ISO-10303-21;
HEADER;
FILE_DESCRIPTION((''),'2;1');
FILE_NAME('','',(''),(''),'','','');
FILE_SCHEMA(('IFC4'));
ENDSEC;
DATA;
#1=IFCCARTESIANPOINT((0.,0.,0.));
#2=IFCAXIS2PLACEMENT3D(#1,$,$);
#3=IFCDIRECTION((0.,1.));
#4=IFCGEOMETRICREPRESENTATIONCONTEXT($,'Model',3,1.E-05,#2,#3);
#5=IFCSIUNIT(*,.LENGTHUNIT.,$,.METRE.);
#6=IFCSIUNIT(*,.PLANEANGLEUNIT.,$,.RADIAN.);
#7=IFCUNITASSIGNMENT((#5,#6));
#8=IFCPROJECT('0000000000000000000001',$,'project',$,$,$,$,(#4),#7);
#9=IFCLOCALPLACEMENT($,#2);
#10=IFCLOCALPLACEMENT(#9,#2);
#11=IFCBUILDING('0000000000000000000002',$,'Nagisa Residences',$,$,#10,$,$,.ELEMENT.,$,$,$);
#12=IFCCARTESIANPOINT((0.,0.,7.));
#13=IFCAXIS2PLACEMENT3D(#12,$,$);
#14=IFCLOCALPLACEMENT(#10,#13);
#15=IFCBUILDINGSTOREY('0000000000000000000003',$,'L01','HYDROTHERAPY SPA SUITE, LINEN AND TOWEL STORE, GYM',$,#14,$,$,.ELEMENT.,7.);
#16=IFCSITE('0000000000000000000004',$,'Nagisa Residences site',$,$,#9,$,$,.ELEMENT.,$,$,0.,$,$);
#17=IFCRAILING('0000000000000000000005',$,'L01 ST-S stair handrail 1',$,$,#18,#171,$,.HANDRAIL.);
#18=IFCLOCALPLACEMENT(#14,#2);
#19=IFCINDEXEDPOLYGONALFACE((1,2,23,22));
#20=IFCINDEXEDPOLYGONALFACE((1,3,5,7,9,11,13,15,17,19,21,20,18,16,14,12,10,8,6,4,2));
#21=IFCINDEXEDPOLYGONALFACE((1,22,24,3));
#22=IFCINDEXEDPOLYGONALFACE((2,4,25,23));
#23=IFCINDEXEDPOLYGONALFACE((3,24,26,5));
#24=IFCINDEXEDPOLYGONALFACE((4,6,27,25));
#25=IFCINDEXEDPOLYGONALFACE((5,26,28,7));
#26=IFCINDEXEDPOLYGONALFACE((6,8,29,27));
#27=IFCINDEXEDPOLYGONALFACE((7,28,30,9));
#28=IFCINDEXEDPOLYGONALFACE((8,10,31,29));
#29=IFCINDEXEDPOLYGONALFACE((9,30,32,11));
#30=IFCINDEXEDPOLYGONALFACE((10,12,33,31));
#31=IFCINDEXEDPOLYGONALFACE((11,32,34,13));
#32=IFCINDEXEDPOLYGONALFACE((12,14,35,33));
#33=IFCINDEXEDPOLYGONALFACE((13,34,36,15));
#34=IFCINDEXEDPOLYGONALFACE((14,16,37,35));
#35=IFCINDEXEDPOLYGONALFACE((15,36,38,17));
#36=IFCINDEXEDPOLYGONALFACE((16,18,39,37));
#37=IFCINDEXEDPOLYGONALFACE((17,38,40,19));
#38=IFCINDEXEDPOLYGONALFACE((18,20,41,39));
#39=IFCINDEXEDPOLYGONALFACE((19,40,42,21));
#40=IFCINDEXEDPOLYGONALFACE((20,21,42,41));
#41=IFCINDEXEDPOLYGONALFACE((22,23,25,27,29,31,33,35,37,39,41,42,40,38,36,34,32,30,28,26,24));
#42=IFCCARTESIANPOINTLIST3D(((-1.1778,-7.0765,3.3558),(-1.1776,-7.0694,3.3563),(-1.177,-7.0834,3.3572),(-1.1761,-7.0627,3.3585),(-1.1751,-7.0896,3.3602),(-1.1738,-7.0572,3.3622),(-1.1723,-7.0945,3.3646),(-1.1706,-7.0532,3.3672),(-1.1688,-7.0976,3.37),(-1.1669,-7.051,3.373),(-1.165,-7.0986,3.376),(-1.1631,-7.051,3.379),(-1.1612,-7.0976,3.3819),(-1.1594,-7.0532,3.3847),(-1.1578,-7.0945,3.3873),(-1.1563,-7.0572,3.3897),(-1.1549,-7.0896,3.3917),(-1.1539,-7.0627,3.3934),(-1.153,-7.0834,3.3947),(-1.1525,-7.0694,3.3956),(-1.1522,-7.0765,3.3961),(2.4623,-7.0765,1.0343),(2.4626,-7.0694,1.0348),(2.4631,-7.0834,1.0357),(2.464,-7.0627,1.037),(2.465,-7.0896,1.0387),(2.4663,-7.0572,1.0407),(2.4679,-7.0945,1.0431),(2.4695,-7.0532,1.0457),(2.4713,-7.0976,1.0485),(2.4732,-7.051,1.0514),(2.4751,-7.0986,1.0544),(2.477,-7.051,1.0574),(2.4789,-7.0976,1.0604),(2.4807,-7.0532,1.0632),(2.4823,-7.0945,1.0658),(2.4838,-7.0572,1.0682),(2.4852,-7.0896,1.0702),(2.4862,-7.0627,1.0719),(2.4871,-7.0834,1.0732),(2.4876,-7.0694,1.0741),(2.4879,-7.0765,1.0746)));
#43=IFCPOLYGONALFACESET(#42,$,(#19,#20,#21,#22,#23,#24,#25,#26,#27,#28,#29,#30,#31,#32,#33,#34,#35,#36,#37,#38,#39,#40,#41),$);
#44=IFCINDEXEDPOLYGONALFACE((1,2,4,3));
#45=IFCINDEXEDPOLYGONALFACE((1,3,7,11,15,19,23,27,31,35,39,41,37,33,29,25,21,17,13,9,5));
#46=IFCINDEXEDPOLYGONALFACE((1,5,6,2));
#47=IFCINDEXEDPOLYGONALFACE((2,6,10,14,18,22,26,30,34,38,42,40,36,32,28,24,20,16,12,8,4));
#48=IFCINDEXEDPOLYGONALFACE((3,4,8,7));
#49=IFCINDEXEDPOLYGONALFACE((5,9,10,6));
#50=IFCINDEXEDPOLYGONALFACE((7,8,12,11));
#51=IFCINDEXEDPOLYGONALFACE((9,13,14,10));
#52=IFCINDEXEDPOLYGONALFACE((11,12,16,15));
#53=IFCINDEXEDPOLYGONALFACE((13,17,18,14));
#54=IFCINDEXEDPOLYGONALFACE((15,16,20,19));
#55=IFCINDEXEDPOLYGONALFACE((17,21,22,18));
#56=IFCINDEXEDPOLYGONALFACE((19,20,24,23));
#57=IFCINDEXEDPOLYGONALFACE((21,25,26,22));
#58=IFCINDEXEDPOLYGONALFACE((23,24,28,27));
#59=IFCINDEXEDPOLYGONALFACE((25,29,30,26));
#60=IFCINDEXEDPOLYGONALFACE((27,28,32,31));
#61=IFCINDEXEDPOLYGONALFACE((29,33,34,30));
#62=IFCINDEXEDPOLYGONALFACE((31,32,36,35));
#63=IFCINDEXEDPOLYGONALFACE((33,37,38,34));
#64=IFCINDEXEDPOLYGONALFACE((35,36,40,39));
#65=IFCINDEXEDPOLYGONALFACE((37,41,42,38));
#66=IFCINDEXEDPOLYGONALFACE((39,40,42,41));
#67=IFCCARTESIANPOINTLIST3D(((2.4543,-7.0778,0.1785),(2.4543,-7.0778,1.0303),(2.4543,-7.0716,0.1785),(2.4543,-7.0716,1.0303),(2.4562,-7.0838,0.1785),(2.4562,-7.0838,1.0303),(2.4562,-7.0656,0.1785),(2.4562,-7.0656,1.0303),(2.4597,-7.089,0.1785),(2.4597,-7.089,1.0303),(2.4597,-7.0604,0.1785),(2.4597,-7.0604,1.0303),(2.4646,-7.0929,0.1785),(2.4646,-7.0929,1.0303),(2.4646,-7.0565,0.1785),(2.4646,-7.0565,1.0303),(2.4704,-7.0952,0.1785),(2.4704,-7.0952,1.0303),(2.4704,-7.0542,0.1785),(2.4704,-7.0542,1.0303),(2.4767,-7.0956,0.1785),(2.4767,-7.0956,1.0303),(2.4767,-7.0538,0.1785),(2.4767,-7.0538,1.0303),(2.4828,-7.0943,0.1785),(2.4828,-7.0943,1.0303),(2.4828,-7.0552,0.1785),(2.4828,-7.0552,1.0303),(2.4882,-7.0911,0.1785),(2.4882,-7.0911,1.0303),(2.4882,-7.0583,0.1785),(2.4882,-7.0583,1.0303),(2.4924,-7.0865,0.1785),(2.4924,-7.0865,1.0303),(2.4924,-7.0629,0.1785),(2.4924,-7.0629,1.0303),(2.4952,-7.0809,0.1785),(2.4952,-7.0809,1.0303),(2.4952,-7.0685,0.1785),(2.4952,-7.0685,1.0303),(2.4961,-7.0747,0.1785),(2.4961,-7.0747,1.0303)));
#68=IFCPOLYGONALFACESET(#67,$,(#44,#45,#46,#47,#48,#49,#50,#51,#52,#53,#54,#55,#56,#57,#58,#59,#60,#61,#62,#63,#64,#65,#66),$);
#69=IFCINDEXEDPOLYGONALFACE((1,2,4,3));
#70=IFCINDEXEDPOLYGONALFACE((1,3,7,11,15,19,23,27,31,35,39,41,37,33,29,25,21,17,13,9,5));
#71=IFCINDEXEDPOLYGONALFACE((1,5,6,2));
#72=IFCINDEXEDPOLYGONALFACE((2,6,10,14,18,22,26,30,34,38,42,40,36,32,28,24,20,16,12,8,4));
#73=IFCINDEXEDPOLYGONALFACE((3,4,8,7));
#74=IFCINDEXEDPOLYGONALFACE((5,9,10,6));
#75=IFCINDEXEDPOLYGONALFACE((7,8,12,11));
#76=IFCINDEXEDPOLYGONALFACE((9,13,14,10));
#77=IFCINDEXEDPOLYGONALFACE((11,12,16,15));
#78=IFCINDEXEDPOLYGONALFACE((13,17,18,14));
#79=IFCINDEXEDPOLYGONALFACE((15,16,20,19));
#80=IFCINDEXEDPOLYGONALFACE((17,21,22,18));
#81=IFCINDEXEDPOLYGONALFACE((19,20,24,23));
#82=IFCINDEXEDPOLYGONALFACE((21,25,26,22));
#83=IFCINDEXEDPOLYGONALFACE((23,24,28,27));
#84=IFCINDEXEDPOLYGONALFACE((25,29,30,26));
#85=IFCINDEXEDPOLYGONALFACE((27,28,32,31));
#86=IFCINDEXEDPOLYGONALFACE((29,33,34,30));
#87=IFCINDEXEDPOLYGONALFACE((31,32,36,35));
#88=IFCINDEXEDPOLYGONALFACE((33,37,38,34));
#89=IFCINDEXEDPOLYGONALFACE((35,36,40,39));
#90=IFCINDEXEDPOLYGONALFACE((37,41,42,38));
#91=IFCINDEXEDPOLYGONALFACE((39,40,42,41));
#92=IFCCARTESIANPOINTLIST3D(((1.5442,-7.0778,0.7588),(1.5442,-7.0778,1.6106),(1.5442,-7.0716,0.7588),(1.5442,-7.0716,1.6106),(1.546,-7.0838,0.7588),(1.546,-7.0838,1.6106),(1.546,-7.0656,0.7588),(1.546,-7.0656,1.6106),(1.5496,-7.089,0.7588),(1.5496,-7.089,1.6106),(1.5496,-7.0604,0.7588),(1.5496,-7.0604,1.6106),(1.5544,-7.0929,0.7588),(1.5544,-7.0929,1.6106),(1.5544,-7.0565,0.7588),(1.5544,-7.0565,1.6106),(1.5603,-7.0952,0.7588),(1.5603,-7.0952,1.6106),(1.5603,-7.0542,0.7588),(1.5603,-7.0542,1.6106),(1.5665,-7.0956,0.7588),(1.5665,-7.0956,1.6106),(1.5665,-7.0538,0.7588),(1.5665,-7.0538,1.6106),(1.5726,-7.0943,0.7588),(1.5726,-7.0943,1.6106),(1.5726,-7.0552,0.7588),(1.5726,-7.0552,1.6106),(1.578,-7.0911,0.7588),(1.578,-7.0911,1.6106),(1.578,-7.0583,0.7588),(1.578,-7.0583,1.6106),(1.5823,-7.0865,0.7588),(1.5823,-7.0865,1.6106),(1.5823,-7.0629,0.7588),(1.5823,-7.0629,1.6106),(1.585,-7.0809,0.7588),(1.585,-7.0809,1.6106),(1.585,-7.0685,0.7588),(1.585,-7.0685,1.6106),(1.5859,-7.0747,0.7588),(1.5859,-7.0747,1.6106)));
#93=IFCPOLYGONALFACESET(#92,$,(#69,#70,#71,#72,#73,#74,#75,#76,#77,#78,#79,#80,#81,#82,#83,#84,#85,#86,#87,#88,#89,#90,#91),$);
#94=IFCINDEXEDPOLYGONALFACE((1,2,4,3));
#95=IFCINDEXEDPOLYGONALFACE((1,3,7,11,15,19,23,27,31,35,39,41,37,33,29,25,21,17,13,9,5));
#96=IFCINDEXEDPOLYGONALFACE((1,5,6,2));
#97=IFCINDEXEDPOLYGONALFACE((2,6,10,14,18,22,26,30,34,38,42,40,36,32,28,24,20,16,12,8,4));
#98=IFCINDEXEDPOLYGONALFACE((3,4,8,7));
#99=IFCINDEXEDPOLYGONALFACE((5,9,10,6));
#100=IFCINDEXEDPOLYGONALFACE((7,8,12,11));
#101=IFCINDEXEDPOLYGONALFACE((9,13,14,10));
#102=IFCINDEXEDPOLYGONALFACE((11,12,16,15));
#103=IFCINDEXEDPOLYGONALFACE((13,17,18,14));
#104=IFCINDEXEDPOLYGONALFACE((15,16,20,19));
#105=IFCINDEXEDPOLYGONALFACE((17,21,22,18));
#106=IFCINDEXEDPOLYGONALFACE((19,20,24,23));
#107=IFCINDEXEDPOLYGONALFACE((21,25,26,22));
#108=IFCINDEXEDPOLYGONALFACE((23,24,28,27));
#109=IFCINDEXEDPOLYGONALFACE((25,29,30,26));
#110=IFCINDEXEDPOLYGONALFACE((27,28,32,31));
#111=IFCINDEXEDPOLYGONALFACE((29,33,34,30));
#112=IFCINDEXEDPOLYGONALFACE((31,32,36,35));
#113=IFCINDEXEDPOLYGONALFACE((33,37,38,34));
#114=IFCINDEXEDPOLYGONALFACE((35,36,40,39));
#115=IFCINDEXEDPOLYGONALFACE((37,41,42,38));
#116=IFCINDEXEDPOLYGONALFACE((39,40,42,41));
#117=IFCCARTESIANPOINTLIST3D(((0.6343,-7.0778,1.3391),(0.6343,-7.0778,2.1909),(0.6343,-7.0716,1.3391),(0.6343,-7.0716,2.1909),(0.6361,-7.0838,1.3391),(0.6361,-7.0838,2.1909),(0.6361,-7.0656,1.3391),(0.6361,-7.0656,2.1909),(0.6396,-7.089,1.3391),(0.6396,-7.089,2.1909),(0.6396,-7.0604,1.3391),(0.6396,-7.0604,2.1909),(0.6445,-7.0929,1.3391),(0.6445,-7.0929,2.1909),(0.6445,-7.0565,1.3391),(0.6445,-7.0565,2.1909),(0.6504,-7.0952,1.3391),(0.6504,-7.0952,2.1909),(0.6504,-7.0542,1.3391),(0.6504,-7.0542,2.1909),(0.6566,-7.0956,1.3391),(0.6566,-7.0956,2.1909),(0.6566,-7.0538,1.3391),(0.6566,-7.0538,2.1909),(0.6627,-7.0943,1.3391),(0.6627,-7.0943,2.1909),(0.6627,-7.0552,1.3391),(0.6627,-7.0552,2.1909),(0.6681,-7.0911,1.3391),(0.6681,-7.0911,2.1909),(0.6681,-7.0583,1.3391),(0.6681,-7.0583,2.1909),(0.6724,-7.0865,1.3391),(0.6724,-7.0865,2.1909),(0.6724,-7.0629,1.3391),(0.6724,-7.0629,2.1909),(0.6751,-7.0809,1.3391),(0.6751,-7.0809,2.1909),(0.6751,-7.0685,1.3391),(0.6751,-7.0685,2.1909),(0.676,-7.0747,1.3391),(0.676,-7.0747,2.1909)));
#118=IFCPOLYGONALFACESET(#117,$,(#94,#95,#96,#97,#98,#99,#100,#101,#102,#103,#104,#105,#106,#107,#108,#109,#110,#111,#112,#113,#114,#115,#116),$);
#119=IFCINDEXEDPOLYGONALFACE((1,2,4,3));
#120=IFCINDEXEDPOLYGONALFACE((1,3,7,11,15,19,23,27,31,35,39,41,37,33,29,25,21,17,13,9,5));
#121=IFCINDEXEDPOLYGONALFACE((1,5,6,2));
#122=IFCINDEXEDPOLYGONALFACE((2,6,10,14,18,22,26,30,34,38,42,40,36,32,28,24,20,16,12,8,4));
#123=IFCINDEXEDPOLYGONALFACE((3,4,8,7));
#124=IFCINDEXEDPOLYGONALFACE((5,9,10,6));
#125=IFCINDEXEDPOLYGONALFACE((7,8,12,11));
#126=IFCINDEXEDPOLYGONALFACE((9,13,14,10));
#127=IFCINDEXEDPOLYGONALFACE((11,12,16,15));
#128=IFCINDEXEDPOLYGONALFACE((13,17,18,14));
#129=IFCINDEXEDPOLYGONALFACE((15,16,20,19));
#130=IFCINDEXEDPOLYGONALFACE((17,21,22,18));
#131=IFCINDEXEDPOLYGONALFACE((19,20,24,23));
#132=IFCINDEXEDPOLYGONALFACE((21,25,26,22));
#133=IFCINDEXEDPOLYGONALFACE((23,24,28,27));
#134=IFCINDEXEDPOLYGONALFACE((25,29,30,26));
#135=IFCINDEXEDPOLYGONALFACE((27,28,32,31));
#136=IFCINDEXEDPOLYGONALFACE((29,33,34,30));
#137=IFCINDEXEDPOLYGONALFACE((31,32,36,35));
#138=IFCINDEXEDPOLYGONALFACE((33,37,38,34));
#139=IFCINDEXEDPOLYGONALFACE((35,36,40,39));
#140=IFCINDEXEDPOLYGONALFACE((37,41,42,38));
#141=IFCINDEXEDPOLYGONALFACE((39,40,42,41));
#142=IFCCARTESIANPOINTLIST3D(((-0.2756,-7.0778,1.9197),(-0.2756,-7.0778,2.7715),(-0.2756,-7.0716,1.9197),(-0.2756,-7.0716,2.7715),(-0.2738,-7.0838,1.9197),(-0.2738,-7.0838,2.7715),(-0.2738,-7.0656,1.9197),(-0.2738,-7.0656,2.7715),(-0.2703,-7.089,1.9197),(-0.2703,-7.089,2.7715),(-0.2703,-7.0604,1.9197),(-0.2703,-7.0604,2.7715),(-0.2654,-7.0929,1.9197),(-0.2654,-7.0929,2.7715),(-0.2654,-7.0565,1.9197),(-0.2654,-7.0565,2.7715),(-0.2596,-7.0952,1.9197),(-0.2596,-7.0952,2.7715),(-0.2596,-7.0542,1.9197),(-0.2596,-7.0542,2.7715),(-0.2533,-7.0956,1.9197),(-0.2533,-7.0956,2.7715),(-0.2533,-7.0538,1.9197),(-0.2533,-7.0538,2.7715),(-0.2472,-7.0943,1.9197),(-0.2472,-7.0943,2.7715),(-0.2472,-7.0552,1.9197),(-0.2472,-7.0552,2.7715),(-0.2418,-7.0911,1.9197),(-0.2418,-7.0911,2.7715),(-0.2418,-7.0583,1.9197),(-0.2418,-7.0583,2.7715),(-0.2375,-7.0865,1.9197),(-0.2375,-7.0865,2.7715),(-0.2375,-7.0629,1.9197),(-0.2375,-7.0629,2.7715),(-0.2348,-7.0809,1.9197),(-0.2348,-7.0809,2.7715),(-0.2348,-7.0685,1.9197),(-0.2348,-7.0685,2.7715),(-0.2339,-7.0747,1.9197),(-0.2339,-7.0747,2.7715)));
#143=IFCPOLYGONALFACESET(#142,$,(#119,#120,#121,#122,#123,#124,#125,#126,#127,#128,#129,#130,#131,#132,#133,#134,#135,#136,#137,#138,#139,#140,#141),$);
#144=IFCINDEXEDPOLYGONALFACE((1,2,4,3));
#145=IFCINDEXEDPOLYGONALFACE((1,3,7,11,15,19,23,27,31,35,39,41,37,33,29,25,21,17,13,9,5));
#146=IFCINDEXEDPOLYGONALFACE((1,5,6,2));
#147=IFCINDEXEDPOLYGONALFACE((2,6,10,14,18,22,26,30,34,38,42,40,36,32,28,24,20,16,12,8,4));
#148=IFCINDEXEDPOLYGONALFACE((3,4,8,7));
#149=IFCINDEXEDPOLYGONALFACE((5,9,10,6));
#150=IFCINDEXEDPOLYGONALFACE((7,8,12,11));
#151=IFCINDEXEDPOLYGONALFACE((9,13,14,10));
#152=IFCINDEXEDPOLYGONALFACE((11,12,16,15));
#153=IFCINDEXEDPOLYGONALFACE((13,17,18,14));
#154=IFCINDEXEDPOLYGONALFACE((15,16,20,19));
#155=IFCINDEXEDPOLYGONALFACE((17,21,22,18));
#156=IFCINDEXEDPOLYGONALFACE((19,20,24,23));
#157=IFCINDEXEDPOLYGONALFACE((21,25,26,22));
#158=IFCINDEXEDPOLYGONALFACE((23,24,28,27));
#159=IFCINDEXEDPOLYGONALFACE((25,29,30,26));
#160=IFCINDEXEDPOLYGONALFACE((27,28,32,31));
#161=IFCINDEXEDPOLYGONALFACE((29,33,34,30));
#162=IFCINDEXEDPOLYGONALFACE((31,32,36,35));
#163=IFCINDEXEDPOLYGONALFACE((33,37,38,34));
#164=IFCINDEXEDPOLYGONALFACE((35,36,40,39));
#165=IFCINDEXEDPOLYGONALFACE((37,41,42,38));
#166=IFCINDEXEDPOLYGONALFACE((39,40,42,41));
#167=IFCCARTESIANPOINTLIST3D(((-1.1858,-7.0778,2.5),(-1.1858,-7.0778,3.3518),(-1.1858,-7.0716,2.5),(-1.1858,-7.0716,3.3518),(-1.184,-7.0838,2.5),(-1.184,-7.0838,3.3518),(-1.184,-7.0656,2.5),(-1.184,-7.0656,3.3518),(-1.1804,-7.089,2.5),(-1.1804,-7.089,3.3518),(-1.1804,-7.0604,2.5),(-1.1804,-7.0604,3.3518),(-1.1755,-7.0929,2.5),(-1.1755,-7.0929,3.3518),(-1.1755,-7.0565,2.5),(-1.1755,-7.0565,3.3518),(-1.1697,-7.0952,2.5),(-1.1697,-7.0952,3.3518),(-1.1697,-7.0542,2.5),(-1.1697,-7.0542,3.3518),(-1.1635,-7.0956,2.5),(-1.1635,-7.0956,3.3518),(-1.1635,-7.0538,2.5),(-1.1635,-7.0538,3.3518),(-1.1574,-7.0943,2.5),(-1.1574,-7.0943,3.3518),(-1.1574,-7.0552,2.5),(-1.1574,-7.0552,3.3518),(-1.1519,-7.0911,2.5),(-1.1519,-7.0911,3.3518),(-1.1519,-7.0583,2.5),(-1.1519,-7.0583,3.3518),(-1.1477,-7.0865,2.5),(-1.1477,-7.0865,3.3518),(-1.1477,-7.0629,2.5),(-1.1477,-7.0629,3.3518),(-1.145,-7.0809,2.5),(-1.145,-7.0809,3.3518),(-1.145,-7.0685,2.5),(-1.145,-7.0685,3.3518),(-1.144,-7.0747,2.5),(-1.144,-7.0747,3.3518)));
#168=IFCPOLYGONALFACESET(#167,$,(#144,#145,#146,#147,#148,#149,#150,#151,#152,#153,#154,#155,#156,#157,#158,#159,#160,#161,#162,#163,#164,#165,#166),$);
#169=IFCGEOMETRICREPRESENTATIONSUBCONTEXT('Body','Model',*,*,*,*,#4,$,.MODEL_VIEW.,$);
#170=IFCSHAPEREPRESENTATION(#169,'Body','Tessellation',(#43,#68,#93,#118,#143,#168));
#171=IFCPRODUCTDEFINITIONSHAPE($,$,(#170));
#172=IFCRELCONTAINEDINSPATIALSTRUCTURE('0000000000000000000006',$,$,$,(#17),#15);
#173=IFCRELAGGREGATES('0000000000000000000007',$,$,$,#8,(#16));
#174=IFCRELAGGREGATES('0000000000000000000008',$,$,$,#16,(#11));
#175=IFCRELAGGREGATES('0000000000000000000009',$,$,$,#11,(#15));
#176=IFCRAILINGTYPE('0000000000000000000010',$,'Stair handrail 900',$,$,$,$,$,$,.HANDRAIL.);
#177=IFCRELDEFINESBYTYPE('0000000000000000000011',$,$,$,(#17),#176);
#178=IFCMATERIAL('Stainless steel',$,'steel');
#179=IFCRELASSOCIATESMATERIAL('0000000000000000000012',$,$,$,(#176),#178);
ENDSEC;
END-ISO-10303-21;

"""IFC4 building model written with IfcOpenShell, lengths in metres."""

from ifc_helpers import new_model, si_unit, direction, frame, origin, origin_2d, place, context, subcontext, project, spatial, circle, extrude, material, type_object, element, save


model = new_model("IFC4")

# Units and contexts
model_context = context("Model", 3, precision=1e-05, world=origin(), true_north=direction((0.0, 1.0)))
body_context = subcontext(model_context, "Body", "Model", "MODEL_VIEW")
ifc_project = project(units=[si_unit("LENGTHUNIT", "METRE"), si_unit("PLANEANGLEUNIT", "RADIAN")], contexts=[model_context])

# Site, building, storey
site_placement = place(None, origin())
site = spatial("IfcSite", under=ifc_project, at=site_placement, Name="Nagisa Residences site", CompositionType="ELEMENT", RefElevation=0.0)
building_placement = place(site_placement, origin())
building = spatial("IfcBuilding", under=site, at=building_placement, Name="Nagisa Residences", CompositionType="ELEMENT")
storey_placement = place(building_placement, frame((0.0, 0.0, 7.0)))
storey = spatial("IfcBuildingStorey", under=building, at=storey_placement, Name="L01", Description="HYDROTHERAPY SPA SUITE, LINEN AND TOWEL STORE, GYM", CompositionType="ELEMENT", Elevation=7.0)

# Railing
ifc_material_1 = material(Name="Stainless steel", Category="steel")
railing_type_1 = type_object("IfcRailingType", Name="Stair handrail 900", PredefinedType="HANDRAIL", material=ifc_material_1)
railing_1_placement = place(storey_placement, frame((2.4751, -7.0747, 0.1785)))
element("IfcRailing", 1, at=railing_1_placement, inside=storey, type_object=railing_type_1, Name="L01 ST-S stair handrail 1", PredefinedType="HANDRAIL", context=body_context, shape_type="SweptSolid", body=[
    extrude(circle(Radius=0.0239, at=origin_2d()), frame((0.0, 0.0, 0.876), z_axis=(-0.843128, 0.0, 0.537713), x_axis=(0.0, -1.0, 0.0)), (0.0, 0.0, 1.0), 4.3174),
    extrude(circle(Radius=0.021, at=origin_2d()), origin(), (0.0, 0.0, 1.0), 0.8518),
    extrude(circle(Radius=0.021, at=origin_2d()), frame((-0.9102, 0.0, 0.5803)), (0.0, 0.0, 1.0), 0.8518),
    extrude(circle(Radius=0.021, at=origin_2d()), frame((-1.8201, 0.0, 1.1606)), (0.0, 0.0, 1.0), 0.8518),
    extrude(circle(Radius=0.021, at=origin_2d()), frame((-2.73, 0.0, 1.7412)), (0.0, 0.0, 1.0), 0.8518),
    extrude(circle(Radius=0.021, at=origin_2d()), frame((-3.6401, 0.0, 2.3215)), (0.0, 0.0, 1.0), 0.8518),
])

save(model, "model.ifc")
